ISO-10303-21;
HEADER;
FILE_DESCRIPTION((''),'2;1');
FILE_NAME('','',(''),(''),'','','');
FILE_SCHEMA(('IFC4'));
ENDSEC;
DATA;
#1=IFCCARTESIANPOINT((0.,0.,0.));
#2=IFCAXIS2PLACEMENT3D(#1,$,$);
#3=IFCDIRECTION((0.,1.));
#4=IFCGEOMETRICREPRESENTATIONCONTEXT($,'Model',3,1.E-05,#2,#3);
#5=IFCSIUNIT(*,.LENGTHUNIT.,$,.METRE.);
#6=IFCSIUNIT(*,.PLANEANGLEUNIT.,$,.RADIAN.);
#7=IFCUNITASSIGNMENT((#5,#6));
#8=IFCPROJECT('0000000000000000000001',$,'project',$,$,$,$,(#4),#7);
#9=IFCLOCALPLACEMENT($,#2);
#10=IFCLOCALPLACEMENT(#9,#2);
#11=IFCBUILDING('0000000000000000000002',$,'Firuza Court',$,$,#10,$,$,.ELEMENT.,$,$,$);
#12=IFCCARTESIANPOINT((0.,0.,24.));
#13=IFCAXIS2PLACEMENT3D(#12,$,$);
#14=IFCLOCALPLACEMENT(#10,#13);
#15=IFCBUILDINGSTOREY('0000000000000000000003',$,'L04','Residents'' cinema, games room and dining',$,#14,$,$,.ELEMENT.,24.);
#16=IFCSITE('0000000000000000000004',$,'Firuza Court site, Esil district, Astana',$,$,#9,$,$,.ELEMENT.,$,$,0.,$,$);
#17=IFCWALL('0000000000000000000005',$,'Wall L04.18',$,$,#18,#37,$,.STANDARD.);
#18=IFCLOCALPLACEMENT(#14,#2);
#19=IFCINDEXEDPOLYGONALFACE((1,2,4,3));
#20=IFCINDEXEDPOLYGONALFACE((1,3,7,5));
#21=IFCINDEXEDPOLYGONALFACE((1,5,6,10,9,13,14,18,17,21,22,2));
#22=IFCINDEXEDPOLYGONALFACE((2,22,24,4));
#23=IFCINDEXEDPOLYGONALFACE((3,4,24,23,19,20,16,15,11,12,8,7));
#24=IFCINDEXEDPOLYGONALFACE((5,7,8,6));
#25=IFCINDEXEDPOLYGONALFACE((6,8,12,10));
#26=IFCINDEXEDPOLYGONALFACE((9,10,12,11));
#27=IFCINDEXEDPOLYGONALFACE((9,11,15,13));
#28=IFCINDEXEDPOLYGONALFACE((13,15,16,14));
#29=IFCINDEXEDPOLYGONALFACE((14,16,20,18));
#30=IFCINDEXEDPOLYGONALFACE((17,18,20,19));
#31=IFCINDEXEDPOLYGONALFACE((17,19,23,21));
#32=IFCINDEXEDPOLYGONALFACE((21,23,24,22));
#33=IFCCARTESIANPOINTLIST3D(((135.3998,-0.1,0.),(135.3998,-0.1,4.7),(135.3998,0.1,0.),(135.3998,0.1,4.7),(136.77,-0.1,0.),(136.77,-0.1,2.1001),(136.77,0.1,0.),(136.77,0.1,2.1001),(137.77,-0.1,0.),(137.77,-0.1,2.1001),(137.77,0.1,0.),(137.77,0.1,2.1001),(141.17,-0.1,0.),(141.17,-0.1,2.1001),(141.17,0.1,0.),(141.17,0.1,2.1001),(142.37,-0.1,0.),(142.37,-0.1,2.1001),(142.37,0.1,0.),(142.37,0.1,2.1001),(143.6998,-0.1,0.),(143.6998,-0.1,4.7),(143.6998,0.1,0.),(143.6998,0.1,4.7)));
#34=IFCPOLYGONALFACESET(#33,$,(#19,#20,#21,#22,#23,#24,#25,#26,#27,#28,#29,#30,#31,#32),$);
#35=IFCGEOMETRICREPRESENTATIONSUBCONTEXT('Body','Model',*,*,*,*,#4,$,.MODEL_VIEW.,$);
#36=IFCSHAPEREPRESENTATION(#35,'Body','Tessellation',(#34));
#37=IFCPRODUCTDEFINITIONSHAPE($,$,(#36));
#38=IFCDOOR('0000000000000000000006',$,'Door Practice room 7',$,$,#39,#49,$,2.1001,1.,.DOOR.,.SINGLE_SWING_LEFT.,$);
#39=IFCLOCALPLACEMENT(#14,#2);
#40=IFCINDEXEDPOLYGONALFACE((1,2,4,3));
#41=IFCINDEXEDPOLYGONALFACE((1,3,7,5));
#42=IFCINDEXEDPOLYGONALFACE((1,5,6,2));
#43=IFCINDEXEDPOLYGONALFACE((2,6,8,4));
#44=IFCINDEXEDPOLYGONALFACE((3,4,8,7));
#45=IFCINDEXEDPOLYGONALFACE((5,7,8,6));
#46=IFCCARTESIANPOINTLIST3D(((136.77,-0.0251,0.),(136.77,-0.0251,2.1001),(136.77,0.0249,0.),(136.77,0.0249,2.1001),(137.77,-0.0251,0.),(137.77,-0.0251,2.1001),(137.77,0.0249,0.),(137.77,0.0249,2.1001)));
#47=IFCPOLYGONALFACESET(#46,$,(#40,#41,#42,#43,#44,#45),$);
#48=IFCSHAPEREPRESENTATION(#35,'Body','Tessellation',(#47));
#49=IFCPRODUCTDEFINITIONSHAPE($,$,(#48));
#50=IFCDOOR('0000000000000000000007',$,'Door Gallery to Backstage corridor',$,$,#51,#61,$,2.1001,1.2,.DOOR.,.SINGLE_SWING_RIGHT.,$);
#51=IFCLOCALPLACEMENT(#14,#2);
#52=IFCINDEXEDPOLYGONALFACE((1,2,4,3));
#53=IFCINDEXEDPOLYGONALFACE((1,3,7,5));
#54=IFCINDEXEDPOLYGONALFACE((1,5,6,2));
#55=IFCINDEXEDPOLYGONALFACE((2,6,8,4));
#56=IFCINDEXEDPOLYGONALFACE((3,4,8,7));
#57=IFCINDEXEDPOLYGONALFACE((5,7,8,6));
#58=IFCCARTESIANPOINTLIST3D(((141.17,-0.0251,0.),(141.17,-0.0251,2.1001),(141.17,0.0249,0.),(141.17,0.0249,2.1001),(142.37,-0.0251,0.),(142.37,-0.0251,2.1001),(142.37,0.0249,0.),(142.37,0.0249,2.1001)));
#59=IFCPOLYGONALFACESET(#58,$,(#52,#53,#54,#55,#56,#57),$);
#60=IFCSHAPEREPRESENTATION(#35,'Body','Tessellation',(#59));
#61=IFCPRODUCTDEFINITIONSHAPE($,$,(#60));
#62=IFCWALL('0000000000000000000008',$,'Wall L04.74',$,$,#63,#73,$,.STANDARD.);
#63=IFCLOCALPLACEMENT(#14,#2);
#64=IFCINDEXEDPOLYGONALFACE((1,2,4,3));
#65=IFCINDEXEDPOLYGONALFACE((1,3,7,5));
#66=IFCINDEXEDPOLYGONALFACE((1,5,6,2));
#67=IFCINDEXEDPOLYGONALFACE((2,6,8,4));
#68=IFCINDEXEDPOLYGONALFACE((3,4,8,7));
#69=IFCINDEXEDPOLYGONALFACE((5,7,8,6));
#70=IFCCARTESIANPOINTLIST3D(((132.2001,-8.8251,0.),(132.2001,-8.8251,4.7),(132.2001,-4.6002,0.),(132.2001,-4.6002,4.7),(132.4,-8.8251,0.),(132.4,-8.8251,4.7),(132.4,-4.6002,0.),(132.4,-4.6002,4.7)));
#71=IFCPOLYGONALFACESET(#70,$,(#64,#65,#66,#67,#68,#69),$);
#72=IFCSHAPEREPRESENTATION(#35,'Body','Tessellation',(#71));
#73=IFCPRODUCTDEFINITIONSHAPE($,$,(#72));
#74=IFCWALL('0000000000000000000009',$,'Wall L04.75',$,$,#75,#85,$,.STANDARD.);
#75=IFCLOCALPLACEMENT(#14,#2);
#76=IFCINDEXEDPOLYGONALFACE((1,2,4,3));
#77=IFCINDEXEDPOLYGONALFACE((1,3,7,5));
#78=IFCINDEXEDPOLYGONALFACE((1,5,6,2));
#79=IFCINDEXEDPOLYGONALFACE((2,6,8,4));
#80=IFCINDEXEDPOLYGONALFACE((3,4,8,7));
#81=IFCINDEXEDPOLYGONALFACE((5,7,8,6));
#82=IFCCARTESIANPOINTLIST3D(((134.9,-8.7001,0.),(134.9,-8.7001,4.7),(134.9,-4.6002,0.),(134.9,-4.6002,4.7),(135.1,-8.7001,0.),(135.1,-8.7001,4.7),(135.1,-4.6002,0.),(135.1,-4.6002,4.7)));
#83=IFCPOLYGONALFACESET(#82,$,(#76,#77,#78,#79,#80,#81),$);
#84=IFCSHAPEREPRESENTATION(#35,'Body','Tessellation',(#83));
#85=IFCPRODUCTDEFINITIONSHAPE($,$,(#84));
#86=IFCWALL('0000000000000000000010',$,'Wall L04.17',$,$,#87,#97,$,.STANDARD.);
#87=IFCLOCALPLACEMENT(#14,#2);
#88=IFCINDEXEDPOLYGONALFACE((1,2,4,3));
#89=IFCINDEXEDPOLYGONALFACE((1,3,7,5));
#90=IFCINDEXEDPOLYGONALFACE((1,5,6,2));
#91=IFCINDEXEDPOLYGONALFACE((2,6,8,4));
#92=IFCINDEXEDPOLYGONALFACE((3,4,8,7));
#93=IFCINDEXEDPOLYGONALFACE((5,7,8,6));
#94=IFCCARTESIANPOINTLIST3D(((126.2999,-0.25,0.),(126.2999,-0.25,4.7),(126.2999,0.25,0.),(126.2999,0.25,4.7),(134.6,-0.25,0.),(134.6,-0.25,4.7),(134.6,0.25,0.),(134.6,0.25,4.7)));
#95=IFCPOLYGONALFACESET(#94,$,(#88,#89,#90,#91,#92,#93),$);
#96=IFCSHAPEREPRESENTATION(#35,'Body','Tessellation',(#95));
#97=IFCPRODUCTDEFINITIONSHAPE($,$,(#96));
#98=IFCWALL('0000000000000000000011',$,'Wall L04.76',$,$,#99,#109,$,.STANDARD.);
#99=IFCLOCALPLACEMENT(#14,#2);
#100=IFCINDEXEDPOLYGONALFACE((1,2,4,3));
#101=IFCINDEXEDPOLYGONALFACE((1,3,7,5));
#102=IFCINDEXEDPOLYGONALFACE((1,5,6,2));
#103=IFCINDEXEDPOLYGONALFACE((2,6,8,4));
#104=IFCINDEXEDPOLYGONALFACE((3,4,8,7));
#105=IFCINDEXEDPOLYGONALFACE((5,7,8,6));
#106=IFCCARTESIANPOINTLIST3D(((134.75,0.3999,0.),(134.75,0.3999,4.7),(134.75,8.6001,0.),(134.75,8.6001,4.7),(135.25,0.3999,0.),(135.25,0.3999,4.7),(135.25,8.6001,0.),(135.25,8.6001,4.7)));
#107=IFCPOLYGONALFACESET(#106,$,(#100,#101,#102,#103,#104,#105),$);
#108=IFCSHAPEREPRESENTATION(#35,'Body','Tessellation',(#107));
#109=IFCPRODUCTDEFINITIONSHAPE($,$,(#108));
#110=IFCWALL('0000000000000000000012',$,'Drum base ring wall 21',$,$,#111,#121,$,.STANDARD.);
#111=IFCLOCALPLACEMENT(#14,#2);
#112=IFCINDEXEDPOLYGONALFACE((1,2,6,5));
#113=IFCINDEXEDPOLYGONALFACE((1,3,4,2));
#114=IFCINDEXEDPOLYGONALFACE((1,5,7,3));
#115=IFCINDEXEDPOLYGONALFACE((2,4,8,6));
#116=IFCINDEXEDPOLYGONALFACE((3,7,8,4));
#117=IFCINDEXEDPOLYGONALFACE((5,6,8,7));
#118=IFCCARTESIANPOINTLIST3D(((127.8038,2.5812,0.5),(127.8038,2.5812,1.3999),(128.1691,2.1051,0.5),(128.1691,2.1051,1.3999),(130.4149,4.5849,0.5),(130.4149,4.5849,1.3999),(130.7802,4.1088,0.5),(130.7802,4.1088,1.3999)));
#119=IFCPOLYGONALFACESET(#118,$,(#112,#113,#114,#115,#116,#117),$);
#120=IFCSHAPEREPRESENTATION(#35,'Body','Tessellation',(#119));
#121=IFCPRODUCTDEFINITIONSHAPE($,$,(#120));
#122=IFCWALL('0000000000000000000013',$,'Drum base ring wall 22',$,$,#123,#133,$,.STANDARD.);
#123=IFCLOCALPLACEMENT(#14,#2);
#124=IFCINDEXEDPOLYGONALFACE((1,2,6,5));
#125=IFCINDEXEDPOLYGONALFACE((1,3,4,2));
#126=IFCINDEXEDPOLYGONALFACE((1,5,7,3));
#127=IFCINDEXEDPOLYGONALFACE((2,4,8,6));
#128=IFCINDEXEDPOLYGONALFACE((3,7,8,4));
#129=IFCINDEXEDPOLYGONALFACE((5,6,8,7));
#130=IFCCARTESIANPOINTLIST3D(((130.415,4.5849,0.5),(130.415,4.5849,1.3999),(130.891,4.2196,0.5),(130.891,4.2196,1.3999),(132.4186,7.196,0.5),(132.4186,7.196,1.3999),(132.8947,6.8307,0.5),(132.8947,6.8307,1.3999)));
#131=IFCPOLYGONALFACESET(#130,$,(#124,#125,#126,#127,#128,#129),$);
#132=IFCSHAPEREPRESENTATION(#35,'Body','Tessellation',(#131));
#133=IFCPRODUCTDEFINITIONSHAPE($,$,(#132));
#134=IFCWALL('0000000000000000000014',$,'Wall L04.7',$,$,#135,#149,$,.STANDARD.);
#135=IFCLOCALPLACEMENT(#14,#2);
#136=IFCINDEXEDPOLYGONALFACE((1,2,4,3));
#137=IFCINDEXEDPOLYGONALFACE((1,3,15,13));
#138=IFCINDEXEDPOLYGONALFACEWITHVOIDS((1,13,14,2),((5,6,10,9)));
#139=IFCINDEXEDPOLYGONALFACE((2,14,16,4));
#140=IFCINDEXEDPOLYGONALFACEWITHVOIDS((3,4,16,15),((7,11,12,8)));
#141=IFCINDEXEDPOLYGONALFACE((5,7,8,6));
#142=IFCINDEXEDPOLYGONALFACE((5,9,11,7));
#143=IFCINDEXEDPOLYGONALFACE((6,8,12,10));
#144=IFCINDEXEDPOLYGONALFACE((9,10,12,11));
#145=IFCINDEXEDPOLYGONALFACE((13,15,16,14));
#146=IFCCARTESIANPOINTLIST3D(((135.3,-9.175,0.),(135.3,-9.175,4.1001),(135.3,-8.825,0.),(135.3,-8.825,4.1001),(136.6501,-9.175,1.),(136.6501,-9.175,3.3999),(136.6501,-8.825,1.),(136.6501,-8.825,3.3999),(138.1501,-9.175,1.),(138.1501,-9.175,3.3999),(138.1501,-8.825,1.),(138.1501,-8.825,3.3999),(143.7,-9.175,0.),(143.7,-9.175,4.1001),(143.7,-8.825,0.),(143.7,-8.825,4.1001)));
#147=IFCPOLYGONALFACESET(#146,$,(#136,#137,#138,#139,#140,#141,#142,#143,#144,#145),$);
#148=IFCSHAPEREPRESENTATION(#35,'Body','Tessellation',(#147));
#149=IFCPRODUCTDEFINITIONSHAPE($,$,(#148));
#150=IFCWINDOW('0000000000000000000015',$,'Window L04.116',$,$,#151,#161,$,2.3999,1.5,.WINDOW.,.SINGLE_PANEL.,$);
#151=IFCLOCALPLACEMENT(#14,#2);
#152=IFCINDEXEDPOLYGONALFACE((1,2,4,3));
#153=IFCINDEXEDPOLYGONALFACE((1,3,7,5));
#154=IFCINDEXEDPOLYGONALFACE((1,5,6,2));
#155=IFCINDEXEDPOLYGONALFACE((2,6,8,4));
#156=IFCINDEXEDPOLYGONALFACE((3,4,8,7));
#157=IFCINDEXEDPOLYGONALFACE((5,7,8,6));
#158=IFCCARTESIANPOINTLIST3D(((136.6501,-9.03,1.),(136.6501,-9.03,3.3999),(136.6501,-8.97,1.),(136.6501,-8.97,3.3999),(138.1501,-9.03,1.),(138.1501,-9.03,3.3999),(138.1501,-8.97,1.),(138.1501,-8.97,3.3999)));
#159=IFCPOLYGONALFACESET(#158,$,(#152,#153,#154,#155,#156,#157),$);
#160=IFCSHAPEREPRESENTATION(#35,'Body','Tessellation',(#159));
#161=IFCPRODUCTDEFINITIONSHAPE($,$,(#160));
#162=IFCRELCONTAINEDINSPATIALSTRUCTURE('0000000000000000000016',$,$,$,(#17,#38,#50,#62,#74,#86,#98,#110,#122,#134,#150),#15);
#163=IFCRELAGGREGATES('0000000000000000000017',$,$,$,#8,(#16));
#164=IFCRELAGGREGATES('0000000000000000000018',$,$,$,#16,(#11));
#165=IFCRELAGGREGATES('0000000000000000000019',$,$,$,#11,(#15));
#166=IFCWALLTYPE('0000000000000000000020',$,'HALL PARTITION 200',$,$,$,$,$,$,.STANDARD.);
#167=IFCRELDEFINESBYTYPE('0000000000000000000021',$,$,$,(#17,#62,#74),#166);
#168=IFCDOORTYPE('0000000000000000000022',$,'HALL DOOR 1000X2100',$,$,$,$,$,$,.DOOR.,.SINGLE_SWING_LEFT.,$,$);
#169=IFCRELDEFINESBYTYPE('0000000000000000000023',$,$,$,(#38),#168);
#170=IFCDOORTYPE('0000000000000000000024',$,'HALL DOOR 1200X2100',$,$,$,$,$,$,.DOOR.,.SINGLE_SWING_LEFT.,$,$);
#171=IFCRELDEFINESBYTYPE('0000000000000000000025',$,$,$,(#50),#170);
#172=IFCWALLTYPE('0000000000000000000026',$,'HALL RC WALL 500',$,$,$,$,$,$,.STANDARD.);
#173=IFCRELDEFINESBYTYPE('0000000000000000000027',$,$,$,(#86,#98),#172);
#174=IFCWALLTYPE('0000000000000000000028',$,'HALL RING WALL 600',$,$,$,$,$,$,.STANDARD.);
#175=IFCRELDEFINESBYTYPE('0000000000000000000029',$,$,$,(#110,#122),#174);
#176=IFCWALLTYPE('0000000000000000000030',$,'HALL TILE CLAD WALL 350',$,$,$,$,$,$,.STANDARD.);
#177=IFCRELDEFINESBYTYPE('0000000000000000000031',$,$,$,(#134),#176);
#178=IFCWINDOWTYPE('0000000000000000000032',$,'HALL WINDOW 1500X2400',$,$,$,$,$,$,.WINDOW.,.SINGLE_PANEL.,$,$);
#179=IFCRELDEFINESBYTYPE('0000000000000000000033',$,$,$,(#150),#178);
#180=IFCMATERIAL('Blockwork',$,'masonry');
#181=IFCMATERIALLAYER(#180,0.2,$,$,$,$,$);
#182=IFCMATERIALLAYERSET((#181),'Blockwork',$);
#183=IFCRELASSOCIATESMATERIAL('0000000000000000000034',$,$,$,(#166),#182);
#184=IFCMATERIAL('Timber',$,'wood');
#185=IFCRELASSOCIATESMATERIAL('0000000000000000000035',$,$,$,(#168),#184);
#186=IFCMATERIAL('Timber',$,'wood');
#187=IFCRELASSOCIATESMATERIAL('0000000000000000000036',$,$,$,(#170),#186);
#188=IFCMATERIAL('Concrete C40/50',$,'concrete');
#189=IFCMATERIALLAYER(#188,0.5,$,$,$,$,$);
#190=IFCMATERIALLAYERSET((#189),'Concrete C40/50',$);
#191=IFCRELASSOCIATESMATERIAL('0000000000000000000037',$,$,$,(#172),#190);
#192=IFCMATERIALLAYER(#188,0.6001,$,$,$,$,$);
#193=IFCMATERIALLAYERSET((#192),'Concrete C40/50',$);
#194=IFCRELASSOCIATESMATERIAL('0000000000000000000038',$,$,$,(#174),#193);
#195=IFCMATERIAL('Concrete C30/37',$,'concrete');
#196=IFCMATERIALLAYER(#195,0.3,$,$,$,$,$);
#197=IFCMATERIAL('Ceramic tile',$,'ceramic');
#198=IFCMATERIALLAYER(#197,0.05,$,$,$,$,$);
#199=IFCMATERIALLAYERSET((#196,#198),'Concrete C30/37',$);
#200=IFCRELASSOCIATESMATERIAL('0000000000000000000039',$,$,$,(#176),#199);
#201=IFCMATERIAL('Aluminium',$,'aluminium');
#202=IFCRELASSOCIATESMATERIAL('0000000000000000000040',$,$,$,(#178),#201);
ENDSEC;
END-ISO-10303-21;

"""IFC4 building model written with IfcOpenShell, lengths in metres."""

from ifc_helpers import new_model, si_unit, direction, frame, frame_2d, origin, place, context, subcontext, project, spatial, rectangle, extrude, material, layer, layer_set, type_object, element, fill, save


model = new_model("IFC4")

# Units and contexts
model_context = context("Model", 3, precision=1e-05, world=origin(), true_north=direction((0.0, 1.0)))
body_context = subcontext(model_context, "Body", "Model", "MODEL_VIEW")
ifc_project = project(units=[si_unit("LENGTHUNIT", "METRE"), si_unit("PLANEANGLEUNIT", "RADIAN")], contexts=[model_context])

# Site, building, storey
site_placement = place(None, origin())
site = spatial("IfcSite", under=ifc_project, at=site_placement, Name="Firuza Court site, Esil district, Astana", CompositionType="ELEMENT", RefElevation=0.0)
building_placement = place(site_placement, origin())
building = spatial("IfcBuilding", under=site, at=building_placement, Name="Firuza Court", CompositionType="ELEMENT")
storey_placement = place(building_placement, frame((0.0, 0.0, 24.0)))
storey = spatial("IfcBuildingStorey", under=building, at=storey_placement, Name="L04", Description="Residents' cinema, games room and dining", CompositionType="ELEMENT", Elevation=24.0)

# Shared definitions
ifc_material_1 = material(Name="Concrete C40/50", Category="concrete")

# Wall, openings, doors
ifc_material_2 = material(Name="Blockwork", Category="masonry")
ifc_layer_1 = layer(ifc_material_2, 0.2)
ifc_layer_set_1 = layer_set([ifc_layer_1], Name="Blockwork")
wall_type_1 = type_object("IfcWallType", Name="HALL PARTITION 200", PredefinedType="STANDARD", material=ifc_layer_set_1)
wall_1_placement = place(storey_placement, frame((135.3999, 0.0, 0.0), z_axis=(0.0, 0.0, 1.0), x_axis=(1.0, 0.0, 0.0)))
wall_1 = element("IfcWall", 1, at=wall_1_placement, inside=storey, type_object=wall_type_1, Name="Wall L04.18", PredefinedType="STANDARD", context=body_context, shape_type="SweptSolid", body=[
    extrude(rectangle(XDim=8.3, YDim=0.2, at=frame_2d((4.1499, 0.0))), origin(), (0.0, 0.0, 1.0), 4.7),
])
opening_1_placement = place(wall_1_placement, frame((5.77, 0.0, 0.0)))
opening_1 = element("IfcOpeningElement", 2, at=opening_1_placement, cuts=wall_1, PredefinedType="OPENING", context=body_context, shape_type="SweptSolid", body=[
    extrude(rectangle(XDim=1.2, YDim=2.1001, at=frame_2d((0.6001, 1.05))), frame((0.0, 0.1118, 0.0), z_axis=(0.0, -1.0, 0.0), x_axis=(1.0, 0.0, 0.0)), (0.0, 0.0, 1.0), 0.2239),
])
opening_2_placement = place(wall_1_placement, frame((1.3701, 0.0, 0.0)))
opening_2 = element("IfcOpeningElement", 3, at=opening_2_placement, cuts=wall_1, PredefinedType="OPENING", context=body_context, shape_type="SweptSolid", body=[
    extrude(rectangle(XDim=1.0, YDim=2.1001, at=frame_2d((0.5, 1.05))), frame((0.0, 0.1118, 0.0), z_axis=(0.0, -1.0, 0.0), x_axis=(1.0, 0.0, 0.0)), (0.0, 0.0, 1.0), 0.2239),
])
ifc_material_3 = material(Name="Timber", Category="wood")
door_type_1 = type_object("IfcDoorType", Name="HALL DOOR 1000X2100", OperationType="SINGLE_SWING_LEFT", PredefinedType="DOOR", material=ifc_material_3)
door_1_placement = place(opening_2_placement, origin())
door_1 = element("IfcDoor", 4, at=door_1_placement, inside=storey, type_object=door_type_1, Name="Door Practice room 7", OperationType="SINGLE_SWING_LEFT", OverallHeight=2.1001, OverallWidth=1.0, PredefinedType="DOOR", context=body_context, shape_type="SweptSolid", body=[
    extrude(rectangle(XDim=1.0, YDim=2.1001, at=frame_2d((0.5, 1.05))), frame((0.0, 0.0249, 0.0), z_axis=(0.0, -1.0, 0.0), x_axis=(1.0, 0.0, 0.0)), (0.0, 0.0, 1.0), 0.05),
])
fill(opening_2, door_1)
ifc_material_4 = material(Name="Timber", Category="wood")
door_type_2 = type_object("IfcDoorType", Name="HALL DOOR 1200X2100", OperationType="SINGLE_SWING_LEFT", PredefinedType="DOOR", material=ifc_material_4)
door_2_placement = place(opening_1_placement, origin())
door_2 = element("IfcDoor", 5, at=door_2_placement, inside=storey, type_object=door_type_2, Name="Door Gallery to Backstage corridor", OperationType="SINGLE_SWING_RIGHT", OverallHeight=2.1001, OverallWidth=1.2, PredefinedType="DOOR", context=body_context, shape_type="SweptSolid", body=[
    extrude(rectangle(XDim=1.2, YDim=2.1001, at=frame_2d((0.6001, 1.05))), frame((0.0, 0.0249, 0.0), z_axis=(0.0, -1.0, 0.0), x_axis=(1.0, 0.0, 0.0)), (0.0, 0.0, 1.0), 0.05),
])
fill(opening_1, door_2)

# Walls
wall_2_placement = place(storey_placement, frame((132.3, -8.825, 0.0), z_axis=(0.0, 0.0, 1.0), x_axis=(0.0, 1.0, 0.0)))
element("IfcWall", 6, at=wall_2_placement, inside=storey, type_object=wall_type_1, Name="Wall L04.74", PredefinedType="STANDARD", context=body_context, shape_type="SweptSolid", body=[
    extrude(rectangle(XDim=4.2249, YDim=0.2, at=frame_2d((2.1123, 0.0))), origin(), (0.0, 0.0, 1.0), 4.7),
])
wall_3_placement = place(storey_placement, frame((135.0, -8.7, 0.0), z_axis=(0.0, 0.0, 1.0), x_axis=(0.0, 1.0, 0.0)))
element("IfcWall", 7, at=wall_3_placement, inside=storey, type_object=wall_type_1, Name="Wall L04.75", PredefinedType="STANDARD", context=body_context, shape_type="SweptSolid", body=[
    extrude(rectangle(XDim=4.0999, YDim=0.2, at=frame_2d((2.0498, 0.0))), origin(), (0.0, 0.0, 1.0), 4.7),
])
ifc_layer_2 = layer(ifc_material_1, 0.5)
ifc_layer_set_2 = layer_set([ifc_layer_2], Name="Concrete C40/50")
wall_type_2 = type_object("IfcWallType", Name="HALL RC WALL 500", PredefinedType="STANDARD", material=ifc_layer_set_2)
wall_4_placement = place(storey_placement, frame((126.3, 0.0, 0.0), z_axis=(0.0, 0.0, 1.0), x_axis=(1.0, 0.0, 0.0)))
element("IfcWall", 8, at=wall_4_placement, inside=storey, type_object=wall_type_2, Name="Wall L04.17", PredefinedType="STANDARD", context=body_context, shape_type="SweptSolid", body=[
    extrude(rectangle(XDim=8.3, YDim=0.5, at=frame_2d((4.1499, 0.0))), origin(), (0.0, 0.0, 1.0), 4.7),
])
wall_5_placement = place(storey_placement, frame((135.0, 0.3999, 0.0), z_axis=(0.0, 0.0, 1.0), x_axis=(0.0, 1.0, 0.0)))
element("IfcWall", 9, at=wall_5_placement, inside=storey, type_object=wall_type_2, Name="Wall L04.76", PredefinedType="STANDARD", context=body_context, shape_type="SweptSolid", body=[
    extrude(rectangle(XDim=8.2002, YDim=0.5, at=frame_2d((4.1001, 0.0))), origin(), (0.0, 0.0, 1.0), 4.7),
])
ifc_layer_3 = layer(ifc_material_1, 0.6001)
ifc_layer_set_3 = layer_set([ifc_layer_3], Name="Concrete C40/50")
wall_type_3 = type_object("IfcWallType", Name="HALL RING WALL 600", PredefinedType="STANDARD", material=ifc_layer_set_3)
for number, where, z_axis, x_axis, name in (
    (10, (127.9866, 2.3433, 0.5), (0.0, 0.0, 1.0), (0.793338, 0.608782, 0.0), "Drum base ring wall 21"),
    (11, (130.6531, 4.4023, 0.5), (0.0, 0.0, 1.0), (0.608782, 0.793338, 0.0), "Drum base ring wall 22"),
):
    element("IfcWall", number, at=place(storey_placement, frame(where, z_axis=z_axis, x_axis=x_axis)), inside=storey, type_object=wall_type_3, Name=name, PredefinedType="STANDARD", context=body_context, shape_type="SweptSolid", body=[
        extrude(rectangle(XDim=3.2913, YDim=0.6001, at=frame_2d((1.6455, 0.0))), origin(), (0.0, 0.0, 1.0), 0.8999),
    ])

# Wall, opening, window
ifc_material_5 = material(Name="Concrete C30/37", Category="concrete")
ifc_layer_4 = layer(ifc_material_5, 0.3)
ifc_material_6 = material(Name="Ceramic tile", Category="ceramic")
ifc_layer_5 = layer(ifc_material_6, 0.05)
ifc_layer_set_4 = layer_set([ifc_layer_4, ifc_layer_5], Name="Concrete C30/37")
wall_type_4 = type_object("IfcWallType", Name="HALL TILE CLAD WALL 350", PredefinedType="STANDARD", material=ifc_layer_set_4)
wall_6_placement = place(storey_placement, frame((135.3, -9.0, 0.0), z_axis=(0.0, 0.0, 1.0), x_axis=(1.0, 0.0, 0.0)))
wall_6 = element("IfcWall", 12, at=wall_6_placement, inside=storey, type_object=wall_type_4, Name="Wall L04.7", PredefinedType="STANDARD", context=body_context, shape_type="SweptSolid", body=[
    extrude(rectangle(XDim=8.3999, YDim=0.3501, at=frame_2d((4.2, 0.0))), origin(), (0.0, 0.0, 1.0), 4.1001),
])
opening_3_placement = place(wall_6_placement, frame((1.3501, 0.0, 1.0)))
opening_3 = element("IfcOpeningElement", 13, at=opening_3_placement, cuts=wall_6, PredefinedType="OPENING", context=body_context, shape_type="SweptSolid", body=[
    extrude(rectangle(XDim=1.5, YDim=2.3999, at=frame_2d((0.75, 1.2))), frame((0.0, 0.187, 0.0), z_axis=(0.0, -1.0, 0.0), x_axis=(1.0, 0.0, 0.0)), (0.0, 0.0, 1.0), 0.374),
])
ifc_material_7 = material(Name="Aluminium", Category="aluminium")
window_type_1 = type_object("IfcWindowType", Name="HALL WINDOW 1500X2400", PartitioningType="SINGLE_PANEL", PredefinedType="WINDOW", material=ifc_material_7)
window_1_placement = place(opening_3_placement, origin())
window_1 = element("IfcWindow", 14, at=window_1_placement, inside=storey, type_object=window_type_1, Name="Window L04.116", OverallHeight=2.3999, OverallWidth=1.5, PartitioningType="SINGLE_PANEL", PredefinedType="WINDOW", context=body_context, shape_type="SweptSolid", body=[
    extrude(rectangle(XDim=1.5, YDim=2.3999, at=frame_2d((0.75, 1.2))), frame((0.0, 0.03, 0.0), z_axis=(0.0, -1.0, 0.0), x_axis=(1.0, 0.0, 0.0)), (0.0, 0.0, 1.0), 0.0601),
])
fill(opening_3, window_1)

save(model, "model.ifc")
